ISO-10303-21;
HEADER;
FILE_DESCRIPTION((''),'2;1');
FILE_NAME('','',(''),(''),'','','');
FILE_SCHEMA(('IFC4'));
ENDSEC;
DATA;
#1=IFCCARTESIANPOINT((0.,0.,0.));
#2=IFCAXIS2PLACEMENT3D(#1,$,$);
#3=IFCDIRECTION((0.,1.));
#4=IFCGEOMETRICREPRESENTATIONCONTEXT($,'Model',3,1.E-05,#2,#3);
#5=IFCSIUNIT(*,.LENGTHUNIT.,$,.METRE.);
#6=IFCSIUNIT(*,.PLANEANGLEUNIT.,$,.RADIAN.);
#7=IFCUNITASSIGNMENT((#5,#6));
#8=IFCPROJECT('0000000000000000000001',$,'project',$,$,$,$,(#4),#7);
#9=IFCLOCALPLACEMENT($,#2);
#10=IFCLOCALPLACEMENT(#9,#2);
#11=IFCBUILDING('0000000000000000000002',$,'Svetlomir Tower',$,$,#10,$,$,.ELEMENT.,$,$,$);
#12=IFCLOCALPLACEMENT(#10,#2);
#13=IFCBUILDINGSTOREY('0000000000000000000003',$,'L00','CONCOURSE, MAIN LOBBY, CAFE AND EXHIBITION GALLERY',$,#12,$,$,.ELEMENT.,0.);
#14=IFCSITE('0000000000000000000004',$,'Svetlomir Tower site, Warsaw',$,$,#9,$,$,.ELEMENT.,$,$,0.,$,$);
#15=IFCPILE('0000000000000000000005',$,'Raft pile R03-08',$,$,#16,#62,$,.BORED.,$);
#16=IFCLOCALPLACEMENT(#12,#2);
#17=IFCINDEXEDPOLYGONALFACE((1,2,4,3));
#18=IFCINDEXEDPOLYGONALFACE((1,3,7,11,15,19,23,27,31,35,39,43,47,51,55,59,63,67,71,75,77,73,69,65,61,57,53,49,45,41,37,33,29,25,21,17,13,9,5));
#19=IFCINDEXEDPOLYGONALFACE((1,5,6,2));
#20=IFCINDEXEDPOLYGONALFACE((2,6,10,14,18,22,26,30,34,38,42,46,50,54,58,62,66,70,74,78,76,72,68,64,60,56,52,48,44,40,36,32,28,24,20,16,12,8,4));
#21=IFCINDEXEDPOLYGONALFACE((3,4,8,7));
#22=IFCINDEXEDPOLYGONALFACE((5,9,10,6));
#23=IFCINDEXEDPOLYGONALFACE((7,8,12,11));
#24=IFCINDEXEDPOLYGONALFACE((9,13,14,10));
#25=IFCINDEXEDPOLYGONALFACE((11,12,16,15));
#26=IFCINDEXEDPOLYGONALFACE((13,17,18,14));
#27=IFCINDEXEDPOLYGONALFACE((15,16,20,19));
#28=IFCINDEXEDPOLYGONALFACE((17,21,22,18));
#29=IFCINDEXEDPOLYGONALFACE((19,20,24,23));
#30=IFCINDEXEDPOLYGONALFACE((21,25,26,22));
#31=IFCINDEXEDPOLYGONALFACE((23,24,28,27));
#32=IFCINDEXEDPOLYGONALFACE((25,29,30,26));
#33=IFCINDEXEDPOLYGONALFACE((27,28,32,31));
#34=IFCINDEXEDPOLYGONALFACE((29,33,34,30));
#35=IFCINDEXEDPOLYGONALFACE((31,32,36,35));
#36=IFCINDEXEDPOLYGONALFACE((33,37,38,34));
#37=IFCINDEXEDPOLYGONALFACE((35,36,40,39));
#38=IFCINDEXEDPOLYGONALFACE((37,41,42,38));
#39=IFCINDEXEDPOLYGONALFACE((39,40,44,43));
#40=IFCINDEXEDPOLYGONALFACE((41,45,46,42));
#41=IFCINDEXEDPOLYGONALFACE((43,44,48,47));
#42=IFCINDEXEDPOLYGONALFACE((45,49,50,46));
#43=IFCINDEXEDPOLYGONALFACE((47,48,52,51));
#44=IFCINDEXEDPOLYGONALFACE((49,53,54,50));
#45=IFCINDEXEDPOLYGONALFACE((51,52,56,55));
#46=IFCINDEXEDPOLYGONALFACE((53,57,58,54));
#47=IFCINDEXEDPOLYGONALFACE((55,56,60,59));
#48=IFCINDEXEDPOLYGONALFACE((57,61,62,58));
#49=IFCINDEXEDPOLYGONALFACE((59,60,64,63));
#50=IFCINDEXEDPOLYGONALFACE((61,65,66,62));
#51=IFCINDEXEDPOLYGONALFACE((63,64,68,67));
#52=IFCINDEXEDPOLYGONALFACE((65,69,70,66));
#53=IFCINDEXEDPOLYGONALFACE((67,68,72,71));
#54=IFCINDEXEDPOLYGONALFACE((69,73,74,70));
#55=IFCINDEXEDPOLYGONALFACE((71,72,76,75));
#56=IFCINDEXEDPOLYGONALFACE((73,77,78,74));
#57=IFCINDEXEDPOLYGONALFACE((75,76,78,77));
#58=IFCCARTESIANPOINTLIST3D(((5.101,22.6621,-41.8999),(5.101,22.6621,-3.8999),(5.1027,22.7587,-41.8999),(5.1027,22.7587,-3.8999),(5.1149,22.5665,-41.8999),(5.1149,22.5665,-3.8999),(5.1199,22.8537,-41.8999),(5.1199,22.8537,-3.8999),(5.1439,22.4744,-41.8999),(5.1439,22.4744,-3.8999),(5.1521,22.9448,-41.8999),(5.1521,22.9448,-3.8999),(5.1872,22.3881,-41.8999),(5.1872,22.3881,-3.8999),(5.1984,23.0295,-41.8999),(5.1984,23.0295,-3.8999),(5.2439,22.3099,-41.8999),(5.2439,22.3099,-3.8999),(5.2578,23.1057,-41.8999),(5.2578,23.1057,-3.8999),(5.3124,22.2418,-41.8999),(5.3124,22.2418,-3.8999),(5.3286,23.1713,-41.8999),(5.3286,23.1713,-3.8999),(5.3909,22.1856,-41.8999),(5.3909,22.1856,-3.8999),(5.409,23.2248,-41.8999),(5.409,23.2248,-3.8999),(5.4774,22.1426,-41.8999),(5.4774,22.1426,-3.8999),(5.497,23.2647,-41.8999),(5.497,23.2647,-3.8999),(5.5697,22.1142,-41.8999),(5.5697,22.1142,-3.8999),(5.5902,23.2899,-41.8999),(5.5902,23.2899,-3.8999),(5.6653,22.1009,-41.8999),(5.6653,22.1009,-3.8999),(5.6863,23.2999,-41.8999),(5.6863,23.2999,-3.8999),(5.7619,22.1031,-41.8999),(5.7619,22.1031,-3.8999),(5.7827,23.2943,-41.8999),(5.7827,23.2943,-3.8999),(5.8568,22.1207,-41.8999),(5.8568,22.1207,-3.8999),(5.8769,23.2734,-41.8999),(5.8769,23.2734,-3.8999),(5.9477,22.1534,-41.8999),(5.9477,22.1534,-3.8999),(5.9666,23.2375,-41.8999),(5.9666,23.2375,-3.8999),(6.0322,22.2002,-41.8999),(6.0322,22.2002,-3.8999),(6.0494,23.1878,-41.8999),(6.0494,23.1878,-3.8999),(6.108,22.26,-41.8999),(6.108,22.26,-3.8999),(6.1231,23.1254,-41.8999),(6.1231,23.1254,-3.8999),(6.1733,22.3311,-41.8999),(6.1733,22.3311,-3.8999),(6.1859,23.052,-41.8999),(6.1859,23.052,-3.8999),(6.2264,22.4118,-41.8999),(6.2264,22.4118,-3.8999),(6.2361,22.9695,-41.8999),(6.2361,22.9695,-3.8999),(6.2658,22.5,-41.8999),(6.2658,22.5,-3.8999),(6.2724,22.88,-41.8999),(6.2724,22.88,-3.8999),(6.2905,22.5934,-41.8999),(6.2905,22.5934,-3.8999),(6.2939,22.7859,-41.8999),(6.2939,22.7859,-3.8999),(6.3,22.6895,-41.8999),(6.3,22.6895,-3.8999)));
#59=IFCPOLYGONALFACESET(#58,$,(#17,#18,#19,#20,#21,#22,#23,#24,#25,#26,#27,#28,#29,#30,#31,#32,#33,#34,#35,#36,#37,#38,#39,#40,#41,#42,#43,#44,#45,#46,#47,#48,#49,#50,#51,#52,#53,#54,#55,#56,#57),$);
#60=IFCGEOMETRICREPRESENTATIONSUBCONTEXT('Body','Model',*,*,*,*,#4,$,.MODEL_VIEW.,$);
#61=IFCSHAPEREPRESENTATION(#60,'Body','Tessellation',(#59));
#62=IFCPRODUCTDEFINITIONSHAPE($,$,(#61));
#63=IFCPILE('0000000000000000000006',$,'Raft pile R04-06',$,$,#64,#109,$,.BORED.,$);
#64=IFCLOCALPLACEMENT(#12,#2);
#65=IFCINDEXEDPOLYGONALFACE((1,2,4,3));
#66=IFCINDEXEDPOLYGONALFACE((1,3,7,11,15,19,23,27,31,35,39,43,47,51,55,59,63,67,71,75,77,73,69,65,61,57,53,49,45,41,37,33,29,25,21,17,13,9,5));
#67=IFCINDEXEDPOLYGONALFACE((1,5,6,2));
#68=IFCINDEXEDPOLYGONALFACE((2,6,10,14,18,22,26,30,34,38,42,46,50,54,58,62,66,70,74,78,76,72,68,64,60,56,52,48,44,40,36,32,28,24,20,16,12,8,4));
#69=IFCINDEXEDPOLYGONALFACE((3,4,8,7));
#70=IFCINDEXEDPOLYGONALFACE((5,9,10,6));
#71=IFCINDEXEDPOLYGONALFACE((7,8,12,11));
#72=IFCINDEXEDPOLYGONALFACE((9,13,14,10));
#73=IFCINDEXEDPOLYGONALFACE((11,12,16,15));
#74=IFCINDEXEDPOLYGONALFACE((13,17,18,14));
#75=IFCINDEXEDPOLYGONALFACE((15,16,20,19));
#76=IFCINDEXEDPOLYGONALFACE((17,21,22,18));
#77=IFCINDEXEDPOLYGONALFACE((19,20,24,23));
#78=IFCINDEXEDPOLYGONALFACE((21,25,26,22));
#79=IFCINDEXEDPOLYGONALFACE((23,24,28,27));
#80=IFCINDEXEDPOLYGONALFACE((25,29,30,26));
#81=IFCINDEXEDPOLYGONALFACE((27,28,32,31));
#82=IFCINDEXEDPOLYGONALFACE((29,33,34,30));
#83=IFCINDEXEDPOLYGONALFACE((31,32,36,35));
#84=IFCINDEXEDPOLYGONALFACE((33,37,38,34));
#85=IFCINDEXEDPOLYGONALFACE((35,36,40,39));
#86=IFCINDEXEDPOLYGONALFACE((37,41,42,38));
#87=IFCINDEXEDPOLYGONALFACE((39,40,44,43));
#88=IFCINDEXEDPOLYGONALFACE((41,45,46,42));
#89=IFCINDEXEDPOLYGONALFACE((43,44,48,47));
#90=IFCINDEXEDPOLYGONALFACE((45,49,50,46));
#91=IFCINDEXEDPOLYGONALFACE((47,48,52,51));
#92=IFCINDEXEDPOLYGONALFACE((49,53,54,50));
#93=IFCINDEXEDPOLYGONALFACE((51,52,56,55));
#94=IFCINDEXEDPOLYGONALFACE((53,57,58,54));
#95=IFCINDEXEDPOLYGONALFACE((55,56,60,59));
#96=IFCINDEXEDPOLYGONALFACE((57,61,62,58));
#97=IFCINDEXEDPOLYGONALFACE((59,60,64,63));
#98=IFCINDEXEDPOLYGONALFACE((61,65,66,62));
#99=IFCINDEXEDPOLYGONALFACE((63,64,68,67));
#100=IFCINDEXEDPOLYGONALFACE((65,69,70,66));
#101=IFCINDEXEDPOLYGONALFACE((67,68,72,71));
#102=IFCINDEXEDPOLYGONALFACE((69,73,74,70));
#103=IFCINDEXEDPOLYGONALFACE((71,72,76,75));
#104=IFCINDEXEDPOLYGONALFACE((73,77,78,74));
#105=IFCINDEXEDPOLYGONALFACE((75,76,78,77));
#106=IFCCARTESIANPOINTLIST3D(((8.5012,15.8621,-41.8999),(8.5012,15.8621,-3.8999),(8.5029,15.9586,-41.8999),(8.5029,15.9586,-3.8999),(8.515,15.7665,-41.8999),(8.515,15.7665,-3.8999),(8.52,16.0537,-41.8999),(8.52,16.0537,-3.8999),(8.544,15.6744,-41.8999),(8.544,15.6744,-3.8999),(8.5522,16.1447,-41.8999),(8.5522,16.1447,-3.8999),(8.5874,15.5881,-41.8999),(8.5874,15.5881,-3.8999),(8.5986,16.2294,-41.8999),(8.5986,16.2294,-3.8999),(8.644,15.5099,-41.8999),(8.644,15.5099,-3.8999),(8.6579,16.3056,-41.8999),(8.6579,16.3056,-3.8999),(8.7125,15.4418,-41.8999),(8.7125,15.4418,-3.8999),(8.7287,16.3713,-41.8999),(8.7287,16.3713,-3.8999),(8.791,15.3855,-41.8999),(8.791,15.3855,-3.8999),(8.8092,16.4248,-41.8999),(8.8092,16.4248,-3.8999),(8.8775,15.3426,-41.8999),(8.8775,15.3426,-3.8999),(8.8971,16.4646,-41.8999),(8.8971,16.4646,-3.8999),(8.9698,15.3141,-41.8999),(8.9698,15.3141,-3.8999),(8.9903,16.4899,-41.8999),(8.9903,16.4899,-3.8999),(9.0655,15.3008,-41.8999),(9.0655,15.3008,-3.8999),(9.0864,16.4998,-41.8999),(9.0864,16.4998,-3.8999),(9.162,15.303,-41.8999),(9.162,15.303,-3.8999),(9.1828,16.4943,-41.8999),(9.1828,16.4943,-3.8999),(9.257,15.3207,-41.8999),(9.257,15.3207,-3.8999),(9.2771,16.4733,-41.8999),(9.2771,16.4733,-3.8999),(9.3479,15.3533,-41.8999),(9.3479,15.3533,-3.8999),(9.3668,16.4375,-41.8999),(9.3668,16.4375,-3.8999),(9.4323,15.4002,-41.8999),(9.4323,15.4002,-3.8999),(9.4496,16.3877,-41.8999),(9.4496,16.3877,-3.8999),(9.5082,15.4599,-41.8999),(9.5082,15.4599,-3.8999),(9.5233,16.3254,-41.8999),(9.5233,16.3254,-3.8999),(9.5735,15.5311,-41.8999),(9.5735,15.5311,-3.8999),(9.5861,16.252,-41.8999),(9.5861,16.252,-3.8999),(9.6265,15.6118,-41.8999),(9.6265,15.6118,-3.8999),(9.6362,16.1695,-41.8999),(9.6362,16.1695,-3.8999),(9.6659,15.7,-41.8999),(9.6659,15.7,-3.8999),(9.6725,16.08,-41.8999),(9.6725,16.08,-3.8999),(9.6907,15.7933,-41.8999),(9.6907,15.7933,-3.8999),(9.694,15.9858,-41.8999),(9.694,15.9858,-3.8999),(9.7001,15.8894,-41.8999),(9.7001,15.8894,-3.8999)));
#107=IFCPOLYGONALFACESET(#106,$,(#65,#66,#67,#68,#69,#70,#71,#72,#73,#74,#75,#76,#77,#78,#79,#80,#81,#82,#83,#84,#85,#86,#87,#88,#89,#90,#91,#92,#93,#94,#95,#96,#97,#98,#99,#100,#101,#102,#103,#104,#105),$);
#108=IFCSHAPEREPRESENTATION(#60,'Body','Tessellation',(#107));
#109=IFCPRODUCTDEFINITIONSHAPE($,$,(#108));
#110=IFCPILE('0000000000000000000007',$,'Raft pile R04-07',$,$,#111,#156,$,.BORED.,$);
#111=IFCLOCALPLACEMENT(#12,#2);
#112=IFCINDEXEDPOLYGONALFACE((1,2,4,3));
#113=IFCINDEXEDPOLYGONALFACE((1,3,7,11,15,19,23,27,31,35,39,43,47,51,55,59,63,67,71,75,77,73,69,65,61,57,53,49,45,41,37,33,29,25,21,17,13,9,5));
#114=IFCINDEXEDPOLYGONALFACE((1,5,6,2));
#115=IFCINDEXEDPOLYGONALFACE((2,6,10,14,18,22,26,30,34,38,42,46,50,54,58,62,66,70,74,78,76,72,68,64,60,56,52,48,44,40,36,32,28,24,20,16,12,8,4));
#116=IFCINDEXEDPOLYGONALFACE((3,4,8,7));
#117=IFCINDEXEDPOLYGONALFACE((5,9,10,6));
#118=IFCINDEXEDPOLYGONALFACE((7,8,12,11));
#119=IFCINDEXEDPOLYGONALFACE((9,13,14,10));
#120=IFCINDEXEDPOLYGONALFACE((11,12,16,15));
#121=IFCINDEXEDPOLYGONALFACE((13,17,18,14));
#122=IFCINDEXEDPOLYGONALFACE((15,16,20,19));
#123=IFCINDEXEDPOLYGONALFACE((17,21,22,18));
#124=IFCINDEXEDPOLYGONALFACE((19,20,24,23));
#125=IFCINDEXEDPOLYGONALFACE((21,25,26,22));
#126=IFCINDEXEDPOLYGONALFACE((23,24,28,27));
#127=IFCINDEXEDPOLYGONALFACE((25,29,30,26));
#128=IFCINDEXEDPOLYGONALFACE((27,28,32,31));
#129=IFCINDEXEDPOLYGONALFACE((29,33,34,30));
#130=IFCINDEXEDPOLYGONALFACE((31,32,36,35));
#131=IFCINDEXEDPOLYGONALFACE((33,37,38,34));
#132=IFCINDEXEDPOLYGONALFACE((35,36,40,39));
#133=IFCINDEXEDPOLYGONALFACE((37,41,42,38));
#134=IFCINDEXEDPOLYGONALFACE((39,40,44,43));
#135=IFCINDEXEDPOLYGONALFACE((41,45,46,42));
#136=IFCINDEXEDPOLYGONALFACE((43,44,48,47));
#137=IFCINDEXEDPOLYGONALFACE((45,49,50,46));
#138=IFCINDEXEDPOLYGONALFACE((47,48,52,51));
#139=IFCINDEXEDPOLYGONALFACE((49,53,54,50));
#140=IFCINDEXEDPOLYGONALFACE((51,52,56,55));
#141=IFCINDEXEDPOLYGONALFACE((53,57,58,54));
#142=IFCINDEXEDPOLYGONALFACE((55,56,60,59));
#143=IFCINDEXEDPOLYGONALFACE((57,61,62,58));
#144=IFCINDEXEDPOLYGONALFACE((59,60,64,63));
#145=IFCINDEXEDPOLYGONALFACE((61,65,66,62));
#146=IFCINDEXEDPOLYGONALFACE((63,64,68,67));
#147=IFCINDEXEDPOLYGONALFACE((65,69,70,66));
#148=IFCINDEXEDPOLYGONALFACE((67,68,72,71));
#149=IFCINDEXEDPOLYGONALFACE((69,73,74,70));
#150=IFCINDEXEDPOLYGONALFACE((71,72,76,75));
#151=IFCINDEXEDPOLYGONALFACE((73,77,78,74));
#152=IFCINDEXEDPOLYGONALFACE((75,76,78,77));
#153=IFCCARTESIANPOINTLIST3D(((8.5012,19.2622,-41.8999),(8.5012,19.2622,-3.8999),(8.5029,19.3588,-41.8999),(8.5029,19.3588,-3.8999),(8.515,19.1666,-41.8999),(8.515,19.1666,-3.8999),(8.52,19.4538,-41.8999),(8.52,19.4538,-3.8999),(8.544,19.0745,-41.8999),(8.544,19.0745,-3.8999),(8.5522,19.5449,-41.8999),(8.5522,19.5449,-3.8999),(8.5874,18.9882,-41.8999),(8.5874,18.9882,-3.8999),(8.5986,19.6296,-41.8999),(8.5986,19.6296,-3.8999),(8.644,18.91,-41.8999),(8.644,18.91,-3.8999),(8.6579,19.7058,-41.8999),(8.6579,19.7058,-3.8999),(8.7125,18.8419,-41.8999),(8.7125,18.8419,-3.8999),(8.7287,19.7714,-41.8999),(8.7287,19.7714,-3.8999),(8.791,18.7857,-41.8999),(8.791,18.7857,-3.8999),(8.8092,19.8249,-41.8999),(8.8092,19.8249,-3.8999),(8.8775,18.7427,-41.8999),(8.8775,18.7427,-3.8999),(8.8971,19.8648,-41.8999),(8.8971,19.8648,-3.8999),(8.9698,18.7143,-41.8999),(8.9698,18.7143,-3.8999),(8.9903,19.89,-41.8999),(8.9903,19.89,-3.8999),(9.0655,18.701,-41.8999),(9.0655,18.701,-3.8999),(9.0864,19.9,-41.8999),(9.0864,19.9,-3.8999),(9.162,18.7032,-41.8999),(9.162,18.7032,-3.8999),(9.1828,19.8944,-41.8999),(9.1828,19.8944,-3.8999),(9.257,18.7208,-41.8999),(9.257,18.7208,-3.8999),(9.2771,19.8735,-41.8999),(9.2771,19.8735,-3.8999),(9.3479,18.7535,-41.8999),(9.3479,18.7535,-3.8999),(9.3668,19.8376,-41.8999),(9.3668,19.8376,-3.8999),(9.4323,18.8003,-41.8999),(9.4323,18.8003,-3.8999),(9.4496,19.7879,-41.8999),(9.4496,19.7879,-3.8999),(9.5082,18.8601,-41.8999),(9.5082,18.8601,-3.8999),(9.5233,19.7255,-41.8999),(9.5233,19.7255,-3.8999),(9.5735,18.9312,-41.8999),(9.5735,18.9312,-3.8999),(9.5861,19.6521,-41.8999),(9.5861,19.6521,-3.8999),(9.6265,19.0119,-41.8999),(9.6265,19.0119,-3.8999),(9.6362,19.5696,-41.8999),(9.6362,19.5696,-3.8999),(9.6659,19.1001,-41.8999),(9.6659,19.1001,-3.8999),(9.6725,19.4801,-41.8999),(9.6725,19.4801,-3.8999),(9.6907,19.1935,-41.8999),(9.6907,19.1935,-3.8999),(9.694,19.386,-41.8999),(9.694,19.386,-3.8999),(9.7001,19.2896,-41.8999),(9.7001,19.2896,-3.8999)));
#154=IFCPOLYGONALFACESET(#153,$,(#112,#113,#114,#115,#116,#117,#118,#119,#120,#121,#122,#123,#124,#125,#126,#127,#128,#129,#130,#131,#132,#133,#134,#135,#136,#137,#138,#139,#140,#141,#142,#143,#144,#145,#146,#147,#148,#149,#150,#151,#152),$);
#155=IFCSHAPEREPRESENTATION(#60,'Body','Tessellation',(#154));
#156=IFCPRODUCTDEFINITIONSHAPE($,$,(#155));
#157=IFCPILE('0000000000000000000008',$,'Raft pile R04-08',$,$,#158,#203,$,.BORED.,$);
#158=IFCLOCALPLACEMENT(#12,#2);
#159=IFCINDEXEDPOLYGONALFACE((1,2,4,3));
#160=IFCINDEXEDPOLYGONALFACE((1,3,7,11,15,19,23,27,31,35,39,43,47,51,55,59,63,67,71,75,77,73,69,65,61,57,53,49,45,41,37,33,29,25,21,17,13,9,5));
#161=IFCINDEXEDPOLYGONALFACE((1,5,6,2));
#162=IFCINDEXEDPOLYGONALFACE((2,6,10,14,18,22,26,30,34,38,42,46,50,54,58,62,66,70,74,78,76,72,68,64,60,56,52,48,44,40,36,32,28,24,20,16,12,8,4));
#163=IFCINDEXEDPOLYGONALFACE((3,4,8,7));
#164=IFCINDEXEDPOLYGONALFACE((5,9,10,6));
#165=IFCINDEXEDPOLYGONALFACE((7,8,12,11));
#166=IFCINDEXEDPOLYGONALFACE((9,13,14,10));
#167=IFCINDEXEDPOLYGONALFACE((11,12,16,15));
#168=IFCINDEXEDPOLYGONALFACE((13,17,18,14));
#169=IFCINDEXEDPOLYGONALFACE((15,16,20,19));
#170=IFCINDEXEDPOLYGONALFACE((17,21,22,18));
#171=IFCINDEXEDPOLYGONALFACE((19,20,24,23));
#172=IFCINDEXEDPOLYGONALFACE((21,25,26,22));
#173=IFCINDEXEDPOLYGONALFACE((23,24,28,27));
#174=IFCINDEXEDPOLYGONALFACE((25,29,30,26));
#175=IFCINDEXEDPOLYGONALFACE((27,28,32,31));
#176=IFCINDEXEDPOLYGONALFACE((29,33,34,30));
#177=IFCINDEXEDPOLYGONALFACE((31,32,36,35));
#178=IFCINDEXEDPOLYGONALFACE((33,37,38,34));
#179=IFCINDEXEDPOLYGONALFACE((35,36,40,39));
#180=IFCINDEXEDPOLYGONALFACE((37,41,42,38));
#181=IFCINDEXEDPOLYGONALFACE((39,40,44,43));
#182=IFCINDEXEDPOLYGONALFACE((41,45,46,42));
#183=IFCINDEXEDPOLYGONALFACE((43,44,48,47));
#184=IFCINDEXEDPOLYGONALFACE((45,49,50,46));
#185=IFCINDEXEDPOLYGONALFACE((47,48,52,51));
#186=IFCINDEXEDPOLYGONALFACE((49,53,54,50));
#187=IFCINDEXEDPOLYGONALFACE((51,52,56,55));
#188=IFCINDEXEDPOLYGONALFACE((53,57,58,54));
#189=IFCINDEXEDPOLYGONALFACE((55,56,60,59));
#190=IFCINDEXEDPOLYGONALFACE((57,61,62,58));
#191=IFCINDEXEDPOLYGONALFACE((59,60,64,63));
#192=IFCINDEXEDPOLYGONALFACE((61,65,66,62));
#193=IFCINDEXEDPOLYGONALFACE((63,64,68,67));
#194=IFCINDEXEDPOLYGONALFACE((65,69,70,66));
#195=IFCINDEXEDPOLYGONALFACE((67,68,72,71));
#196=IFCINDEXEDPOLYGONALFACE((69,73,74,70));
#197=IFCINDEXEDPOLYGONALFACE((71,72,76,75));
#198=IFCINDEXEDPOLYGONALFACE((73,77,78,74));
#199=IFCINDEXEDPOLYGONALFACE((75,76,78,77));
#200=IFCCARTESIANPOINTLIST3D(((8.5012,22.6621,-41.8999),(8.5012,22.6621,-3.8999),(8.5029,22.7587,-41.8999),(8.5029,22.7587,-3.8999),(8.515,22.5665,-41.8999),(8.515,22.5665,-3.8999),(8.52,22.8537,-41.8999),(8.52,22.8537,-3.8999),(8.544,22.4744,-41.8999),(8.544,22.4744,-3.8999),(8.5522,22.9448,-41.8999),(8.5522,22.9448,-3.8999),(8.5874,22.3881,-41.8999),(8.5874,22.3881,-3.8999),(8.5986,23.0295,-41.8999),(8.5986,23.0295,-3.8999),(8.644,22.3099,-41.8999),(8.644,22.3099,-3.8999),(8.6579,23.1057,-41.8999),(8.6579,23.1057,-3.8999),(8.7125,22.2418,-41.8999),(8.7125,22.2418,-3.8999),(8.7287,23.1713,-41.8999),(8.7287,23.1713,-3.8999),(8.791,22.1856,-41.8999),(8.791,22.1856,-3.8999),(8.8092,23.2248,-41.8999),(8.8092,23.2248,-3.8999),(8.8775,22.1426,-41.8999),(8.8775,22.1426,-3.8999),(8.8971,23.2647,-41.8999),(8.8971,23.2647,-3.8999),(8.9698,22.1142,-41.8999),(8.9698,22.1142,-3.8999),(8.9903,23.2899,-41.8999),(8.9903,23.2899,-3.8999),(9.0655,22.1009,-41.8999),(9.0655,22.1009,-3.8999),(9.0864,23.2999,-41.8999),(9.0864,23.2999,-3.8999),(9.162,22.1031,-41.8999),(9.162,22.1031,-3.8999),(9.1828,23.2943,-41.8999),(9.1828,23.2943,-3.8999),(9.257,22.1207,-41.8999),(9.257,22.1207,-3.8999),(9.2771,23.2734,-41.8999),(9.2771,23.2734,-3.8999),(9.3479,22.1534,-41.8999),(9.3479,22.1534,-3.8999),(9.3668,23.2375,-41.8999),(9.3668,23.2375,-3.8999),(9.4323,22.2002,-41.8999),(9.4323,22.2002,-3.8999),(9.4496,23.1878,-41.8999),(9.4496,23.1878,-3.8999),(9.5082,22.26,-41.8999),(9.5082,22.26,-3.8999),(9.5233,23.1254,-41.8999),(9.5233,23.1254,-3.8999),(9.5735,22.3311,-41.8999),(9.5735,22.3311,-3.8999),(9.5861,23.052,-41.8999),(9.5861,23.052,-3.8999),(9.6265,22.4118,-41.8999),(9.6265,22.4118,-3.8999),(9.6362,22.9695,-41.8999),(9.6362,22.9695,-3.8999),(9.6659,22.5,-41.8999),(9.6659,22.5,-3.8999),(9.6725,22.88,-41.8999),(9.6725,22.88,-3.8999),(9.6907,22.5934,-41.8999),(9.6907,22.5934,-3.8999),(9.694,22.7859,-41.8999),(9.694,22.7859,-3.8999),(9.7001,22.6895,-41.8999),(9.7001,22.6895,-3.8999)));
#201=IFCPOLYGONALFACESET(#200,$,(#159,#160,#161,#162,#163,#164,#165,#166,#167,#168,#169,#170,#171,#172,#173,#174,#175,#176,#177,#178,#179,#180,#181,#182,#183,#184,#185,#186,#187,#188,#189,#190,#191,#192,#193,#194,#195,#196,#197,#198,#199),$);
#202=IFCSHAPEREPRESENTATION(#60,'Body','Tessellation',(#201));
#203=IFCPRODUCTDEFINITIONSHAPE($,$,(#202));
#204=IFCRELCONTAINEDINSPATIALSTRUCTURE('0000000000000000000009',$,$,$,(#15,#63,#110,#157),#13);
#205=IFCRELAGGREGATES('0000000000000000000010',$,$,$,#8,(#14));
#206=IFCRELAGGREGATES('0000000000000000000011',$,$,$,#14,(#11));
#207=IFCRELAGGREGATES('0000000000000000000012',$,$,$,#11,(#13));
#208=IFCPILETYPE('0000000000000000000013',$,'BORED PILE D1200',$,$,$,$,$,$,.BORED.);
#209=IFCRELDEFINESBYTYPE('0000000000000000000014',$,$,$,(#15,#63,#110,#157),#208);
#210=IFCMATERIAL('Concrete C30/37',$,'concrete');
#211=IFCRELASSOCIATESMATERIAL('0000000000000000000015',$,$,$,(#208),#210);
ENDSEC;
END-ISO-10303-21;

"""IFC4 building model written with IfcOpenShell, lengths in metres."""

from ifc_helpers import new_model, si_unit, direction, frame, frame_2d, origin, origin_2d, place, context, subcontext, project, spatial, circle, extrude, material, material_profile, profile_set, type_object, element, save


model = new_model("IFC4")

# Units and contexts
model_context = context("Model", 3, precision=1e-05, world=origin(), true_north=direction((0.0, 1.0)))
body_context = subcontext(model_context, "Body", "Model", "MODEL_VIEW")
ifc_project = project(units=[si_unit("LENGTHUNIT", "METRE"), si_unit("PLANEANGLEUNIT", "RADIAN")], contexts=[model_context])

# Site, building, storey
site_placement = place(None, origin())
site = spatial("IfcSite", under=ifc_project, at=site_placement, Name="Svetlomir Tower site, Warsaw", CompositionType="ELEMENT", RefElevation=0.0)
building_placement = place(site_placement, origin())
building = spatial("IfcBuilding", under=site, at=building_placement, Name="Svetlomir Tower", CompositionType="ELEMENT")
storey_placement = place(building_placement, origin())
storey = spatial("IfcBuildingStorey", under=building, at=storey_placement, Name="L00", Description="CONCOURSE, MAIN LOBBY, CAFE AND EXHIBITION GALLERY", CompositionType="ELEMENT", Elevation=0.0)

# Piles
ifc_material_1 = material(Name="Concrete C30/37", Category="concrete")
ifc_material_profile = material_profile(ifc_material_1, circle(Radius=0.6001, at=origin_2d()), Name="D1200")
ifc_profile_set = profile_set([ifc_material_profile], Name="Concrete C30/37")
pile_type = type_object("IfcPileType", Name="BORED PILE D1200", PredefinedType="BORED", material=ifc_profile_set)
for number, where, z_axis, x_axis, name in (
    (1, (5.7, 22.7, -3.8999), (0.0, 0.0, -1.0), (1.0, 0.0, 0.0), "Raft pile R03-08"),
    (2, (9.1001, 15.8999, -3.8999), (0.0, 0.0, -1.0), (1.0, 0.0, 0.0), "Raft pile R04-06"),
    (3, (9.1001, 19.3, -3.8999), (0.0, 0.0, -1.0), (1.0, 0.0, 0.0), "Raft pile R04-07"),
    (4, (9.1001, 22.7, -3.8999), (0.0, 0.0, -1.0), (1.0, 0.0, 0.0), "Raft pile R04-08"),
):
    element("IfcPile", number, at=place(storey_placement, frame(where, z_axis=z_axis, x_axis=x_axis)), inside=storey, type_object=pile_type, Name=name, PredefinedType="BORED", context=body_context, shape_type="SweptSolid", body=[
        extrude(circle(Radius=0.6001, at=frame_2d((0.0, 0.0), x_axis=(0.999848, 0.017452))), origin(), (0.0, 0.0, 1.0), 38.0),
    ])

save(model, "model.ifc")
